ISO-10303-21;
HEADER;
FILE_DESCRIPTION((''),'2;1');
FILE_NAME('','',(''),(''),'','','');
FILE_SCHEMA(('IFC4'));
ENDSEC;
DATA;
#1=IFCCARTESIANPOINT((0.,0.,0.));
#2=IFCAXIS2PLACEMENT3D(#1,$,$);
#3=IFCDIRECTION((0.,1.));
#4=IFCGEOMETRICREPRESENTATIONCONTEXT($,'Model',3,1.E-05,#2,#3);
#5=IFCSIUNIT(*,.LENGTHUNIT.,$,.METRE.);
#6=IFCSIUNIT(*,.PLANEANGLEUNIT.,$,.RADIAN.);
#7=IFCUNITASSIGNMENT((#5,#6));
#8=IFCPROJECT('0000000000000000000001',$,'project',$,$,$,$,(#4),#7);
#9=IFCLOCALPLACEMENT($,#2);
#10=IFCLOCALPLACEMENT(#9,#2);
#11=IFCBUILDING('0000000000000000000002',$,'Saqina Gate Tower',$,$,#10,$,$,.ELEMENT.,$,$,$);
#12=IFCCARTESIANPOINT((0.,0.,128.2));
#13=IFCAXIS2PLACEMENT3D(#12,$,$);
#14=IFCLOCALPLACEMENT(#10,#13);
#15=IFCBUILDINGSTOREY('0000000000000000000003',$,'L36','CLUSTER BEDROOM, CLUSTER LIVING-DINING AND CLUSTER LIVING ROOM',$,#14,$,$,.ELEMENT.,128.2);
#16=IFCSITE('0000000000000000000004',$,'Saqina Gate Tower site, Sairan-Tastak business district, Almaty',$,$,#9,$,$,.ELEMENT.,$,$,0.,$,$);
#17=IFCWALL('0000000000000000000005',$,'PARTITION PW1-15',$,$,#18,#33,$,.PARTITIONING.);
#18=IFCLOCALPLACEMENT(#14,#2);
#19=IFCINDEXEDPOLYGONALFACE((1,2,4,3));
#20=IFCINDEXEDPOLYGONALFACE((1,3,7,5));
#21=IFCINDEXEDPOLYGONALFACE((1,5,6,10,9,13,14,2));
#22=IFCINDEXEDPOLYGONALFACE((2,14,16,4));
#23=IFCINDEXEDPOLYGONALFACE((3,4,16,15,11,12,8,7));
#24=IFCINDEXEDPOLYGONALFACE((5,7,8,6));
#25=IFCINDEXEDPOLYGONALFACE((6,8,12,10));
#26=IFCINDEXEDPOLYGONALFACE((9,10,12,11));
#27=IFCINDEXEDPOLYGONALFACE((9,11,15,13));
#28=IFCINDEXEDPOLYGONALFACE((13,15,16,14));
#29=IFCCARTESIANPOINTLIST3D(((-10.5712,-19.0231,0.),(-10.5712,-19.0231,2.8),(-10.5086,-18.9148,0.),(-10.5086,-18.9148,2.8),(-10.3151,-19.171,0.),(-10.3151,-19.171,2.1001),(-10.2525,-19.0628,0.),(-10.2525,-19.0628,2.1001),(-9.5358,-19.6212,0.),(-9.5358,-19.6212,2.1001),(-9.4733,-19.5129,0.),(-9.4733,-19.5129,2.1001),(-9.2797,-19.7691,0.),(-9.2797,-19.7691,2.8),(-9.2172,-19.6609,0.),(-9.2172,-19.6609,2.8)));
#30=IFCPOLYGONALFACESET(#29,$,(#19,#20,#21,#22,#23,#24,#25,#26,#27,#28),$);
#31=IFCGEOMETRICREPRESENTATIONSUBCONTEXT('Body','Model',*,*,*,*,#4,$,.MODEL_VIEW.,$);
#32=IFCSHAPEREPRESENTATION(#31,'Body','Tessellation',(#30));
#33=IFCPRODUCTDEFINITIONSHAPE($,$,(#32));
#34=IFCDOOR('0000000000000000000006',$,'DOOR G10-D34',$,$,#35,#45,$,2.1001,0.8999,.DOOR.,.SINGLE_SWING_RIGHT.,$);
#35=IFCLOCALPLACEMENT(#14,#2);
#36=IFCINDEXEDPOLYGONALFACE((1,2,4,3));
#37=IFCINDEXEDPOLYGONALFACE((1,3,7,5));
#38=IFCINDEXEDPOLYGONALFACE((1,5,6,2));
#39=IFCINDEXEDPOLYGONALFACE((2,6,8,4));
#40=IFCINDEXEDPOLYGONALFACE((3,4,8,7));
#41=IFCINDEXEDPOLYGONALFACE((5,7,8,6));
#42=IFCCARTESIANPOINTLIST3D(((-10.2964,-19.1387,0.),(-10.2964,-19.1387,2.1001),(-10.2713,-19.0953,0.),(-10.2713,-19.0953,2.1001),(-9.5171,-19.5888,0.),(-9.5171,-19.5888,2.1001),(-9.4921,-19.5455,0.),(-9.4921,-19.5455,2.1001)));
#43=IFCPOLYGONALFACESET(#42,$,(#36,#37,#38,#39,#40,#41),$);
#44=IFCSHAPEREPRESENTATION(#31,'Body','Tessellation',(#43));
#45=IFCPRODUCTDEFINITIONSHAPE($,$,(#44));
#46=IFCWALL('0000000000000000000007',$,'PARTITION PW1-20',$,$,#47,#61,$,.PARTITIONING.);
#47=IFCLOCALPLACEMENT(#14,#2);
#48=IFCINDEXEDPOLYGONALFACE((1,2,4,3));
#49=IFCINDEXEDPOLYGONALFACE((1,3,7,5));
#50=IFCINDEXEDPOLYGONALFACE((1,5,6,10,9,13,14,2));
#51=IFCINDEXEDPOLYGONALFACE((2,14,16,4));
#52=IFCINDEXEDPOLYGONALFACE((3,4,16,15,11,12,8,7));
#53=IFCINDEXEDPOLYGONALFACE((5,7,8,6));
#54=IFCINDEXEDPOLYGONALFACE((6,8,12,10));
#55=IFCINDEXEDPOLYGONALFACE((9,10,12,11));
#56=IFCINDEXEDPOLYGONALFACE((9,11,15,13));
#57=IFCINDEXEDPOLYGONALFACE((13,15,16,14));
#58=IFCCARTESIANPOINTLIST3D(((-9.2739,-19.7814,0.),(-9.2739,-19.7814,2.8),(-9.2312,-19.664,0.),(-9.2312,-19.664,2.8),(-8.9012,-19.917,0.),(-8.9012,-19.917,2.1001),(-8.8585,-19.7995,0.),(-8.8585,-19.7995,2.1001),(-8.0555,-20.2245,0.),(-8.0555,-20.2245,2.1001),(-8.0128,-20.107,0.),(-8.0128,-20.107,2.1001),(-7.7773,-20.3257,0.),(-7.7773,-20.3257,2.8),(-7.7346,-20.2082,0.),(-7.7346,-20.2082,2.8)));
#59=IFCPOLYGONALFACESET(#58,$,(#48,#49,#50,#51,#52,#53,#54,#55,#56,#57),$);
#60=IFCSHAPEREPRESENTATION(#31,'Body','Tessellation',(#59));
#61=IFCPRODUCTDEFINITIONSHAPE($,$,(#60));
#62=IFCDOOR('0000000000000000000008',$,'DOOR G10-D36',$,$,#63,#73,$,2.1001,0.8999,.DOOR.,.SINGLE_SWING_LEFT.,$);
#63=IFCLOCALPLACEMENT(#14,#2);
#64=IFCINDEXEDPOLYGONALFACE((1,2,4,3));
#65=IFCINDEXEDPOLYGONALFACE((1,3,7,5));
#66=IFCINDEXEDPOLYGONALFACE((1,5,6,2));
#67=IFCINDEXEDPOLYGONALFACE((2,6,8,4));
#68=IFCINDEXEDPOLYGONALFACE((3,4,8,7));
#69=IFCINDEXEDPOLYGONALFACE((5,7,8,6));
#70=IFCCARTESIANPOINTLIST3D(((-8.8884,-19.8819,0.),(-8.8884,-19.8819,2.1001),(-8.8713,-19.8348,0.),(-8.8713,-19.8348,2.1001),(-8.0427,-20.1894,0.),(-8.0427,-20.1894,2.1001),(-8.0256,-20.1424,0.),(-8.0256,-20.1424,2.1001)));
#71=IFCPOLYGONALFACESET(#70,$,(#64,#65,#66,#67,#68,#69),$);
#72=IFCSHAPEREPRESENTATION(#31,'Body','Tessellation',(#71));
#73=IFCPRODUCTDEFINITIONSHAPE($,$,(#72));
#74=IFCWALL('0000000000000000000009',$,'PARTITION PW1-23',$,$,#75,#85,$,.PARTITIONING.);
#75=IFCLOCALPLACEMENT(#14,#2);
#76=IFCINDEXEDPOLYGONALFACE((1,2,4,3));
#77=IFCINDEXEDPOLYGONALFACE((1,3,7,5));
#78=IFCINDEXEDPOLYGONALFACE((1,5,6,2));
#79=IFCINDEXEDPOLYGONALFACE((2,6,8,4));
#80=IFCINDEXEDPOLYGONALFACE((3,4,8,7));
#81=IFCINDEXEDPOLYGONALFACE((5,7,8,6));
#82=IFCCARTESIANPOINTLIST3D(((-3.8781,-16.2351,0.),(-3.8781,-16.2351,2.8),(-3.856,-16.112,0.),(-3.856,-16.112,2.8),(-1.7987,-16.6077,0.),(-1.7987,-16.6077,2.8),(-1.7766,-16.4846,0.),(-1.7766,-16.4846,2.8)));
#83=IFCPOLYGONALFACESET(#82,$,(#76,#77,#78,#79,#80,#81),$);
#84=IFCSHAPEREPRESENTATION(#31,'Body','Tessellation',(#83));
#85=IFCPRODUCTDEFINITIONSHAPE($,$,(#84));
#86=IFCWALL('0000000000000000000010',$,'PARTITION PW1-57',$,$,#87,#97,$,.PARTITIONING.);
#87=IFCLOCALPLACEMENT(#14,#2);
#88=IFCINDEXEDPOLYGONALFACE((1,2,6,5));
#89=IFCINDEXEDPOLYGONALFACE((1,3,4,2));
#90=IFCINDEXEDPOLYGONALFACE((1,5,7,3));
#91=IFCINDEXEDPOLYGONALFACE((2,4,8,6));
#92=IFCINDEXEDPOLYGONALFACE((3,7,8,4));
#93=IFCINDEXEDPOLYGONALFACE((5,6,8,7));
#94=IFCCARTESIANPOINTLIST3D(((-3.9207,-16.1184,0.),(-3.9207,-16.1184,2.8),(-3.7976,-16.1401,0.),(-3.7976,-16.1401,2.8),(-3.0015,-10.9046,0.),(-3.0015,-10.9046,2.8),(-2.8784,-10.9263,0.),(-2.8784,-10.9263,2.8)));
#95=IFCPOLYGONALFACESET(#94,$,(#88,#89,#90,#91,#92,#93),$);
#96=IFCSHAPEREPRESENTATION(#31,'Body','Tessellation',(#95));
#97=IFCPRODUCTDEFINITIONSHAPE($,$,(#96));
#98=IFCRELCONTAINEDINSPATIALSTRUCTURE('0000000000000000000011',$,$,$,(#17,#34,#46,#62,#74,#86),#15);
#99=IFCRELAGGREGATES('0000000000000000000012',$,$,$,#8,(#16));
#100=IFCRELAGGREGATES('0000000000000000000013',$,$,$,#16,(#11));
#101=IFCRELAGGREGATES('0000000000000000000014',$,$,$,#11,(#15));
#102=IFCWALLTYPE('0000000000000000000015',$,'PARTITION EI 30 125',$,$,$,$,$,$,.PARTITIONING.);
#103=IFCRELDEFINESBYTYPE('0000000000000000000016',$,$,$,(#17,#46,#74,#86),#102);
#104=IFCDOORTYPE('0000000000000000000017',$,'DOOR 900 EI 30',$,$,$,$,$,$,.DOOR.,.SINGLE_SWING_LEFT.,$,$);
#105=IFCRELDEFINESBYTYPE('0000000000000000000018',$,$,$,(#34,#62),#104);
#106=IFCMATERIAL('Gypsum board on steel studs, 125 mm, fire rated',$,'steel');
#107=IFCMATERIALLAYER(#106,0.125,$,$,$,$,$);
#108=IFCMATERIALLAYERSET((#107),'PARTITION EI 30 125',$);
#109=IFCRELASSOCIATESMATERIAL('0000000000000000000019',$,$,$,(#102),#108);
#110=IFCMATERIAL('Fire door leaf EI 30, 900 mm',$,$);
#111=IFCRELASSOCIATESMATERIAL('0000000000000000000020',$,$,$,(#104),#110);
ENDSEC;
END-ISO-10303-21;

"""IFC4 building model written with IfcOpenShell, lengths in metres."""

from ifc_helpers import new_model, si_unit, direction, frame, frame_2d, origin, place, context, subcontext, project, spatial, rectangle, extrude, material, layer, layer_set, type_object, element, fill, save


model = new_model("IFC4")

# Units and contexts
model_context = context("Model", 3, precision=1e-05, world=origin(), true_north=direction((0.0, 1.0)))
body_context = subcontext(model_context, "Body", "Model", "MODEL_VIEW")
ifc_project = project(units=[si_unit("LENGTHUNIT", "METRE"), si_unit("PLANEANGLEUNIT", "RADIAN")], contexts=[model_context])

# Site, building, storey
site_placement = place(None, origin())
site = spatial("IfcSite", under=ifc_project, at=site_placement, Name="Saqina Gate Tower site, Sairan-Tastak business district, Almaty", CompositionType="ELEMENT", RefElevation=0.0)
building_placement = place(site_placement, origin())
building = spatial("IfcBuilding", under=site, at=building_placement, Name="Saqina Gate Tower", CompositionType="ELEMENT")
storey_placement = place(building_placement, frame((0.0, 0.0, 128.2)))
storey = spatial("IfcBuildingStorey", under=building, at=storey_placement, Name="L36", Description="CLUSTER BEDROOM, CLUSTER LIVING-DINING AND CLUSTER LIVING ROOM", CompositionType="ELEMENT", Elevation=128.2)

# Walls, openings, doors
ifc_material_1 = material(Name="Gypsum board on steel studs, 125 mm, fire rated", Category="steel")
ifc_layer_1 = layer(ifc_material_1, 0.125)
ifc_layer_set_1 = layer_set([ifc_layer_1], Name="PARTITION EI 30 125")
wall_type_1 = type_object("IfcWallType", Name="PARTITION EI 30 125", PredefinedType="PARTITIONING", material=ifc_layer_set_1)
wall_1_placement = place(storey_placement, frame((-10.5398, -18.969, 0.0), z_axis=(0.0, 0.0, 1.0), x_axis=(0.865897, -0.500223, 0.0)))
wall_1 = element("IfcWall", 1, at=wall_1_placement, inside=storey, type_object=wall_type_1, Name="PARTITION PW1-15", PredefinedType="PARTITIONING", context=body_context, shape_type="SweptSolid", body=[
    extrude(rectangle(XDim=1.4915, YDim=0.125, at=frame_2d((0.7456, 0.0))), origin(), (0.0, 0.0, 1.0), 2.8),
])
opening_1_placement = place(wall_1_placement, frame((0.2957, 0.0, 0.0)))
opening_1 = element("IfcOpeningElement", 2, at=opening_1_placement, cuts=wall_1, PredefinedType="OPENING", context=body_context, shape_type="SweptSolid", body=[
    extrude(rectangle(XDim=0.8999, YDim=2.1001, at=frame_2d((0.45, 1.05))), frame((0.0, 0.0745, 0.0), z_axis=(0.0, -1.0, 0.0), x_axis=(1.0, 0.0, 0.0)), (0.0, 0.0, 1.0), 0.1489),
])
ifc_material_2 = material(Name="Fire door leaf EI 30, 900 mm")
door_type_1 = type_object("IfcDoorType", Name="DOOR 900 EI 30", OperationType="SINGLE_SWING_LEFT", PredefinedType="DOOR", material=ifc_material_2)
door_1_placement = place(opening_1_placement, origin())
door_1 = element("IfcDoor", 3, at=door_1_placement, inside=storey, type_object=door_type_1, Name="DOOR G10-D34", OperationType="SINGLE_SWING_RIGHT", OverallHeight=2.1001, OverallWidth=0.8999, PredefinedType="DOOR", context=body_context, shape_type="SweptSolid", body=[
    extrude(rectangle(XDim=0.8999, YDim=2.1001, at=frame_2d((0.45, 1.05))), frame((0.0, 0.0249, 0.0), z_axis=(0.0, -1.0, 0.0), x_axis=(1.0, 0.0, 0.0)), (0.0, 0.0, 1.0), 0.05),
])
fill(opening_1, door_1)
wall_2_placement = place(storey_placement, frame((-9.2527, -19.7227, 0.0), z_axis=(0.0, 0.0, 1.0), x_axis=(0.939798, -0.341731, 0.0)))
wall_2 = element("IfcWall", 4, at=wall_2_placement, inside=storey, type_object=wall_type_1, Name="PARTITION PW1-20", PredefinedType="PARTITIONING", context=body_context, shape_type="SweptSolid", body=[
    extrude(rectangle(XDim=1.5925, YDim=0.125, at=frame_2d((0.7964, 0.0))), origin(), (0.0, 0.0, 1.0), 2.8),
])
opening_2_placement = place(wall_2_placement, frame((0.3967, 0.0, 0.0)))
opening_2 = element("IfcOpeningElement", 5, at=opening_2_placement, cuts=wall_2, PredefinedType="OPENING", context=body_context, shape_type="SweptSolid", body=[
    extrude(rectangle(XDim=0.8999, YDim=2.1001, at=frame_2d((0.45, 1.05))), frame((0.0, 0.0745, 0.0), z_axis=(0.0, -1.0, 0.0), x_axis=(1.0, 0.0, 0.0)), (0.0, 0.0, 1.0), 0.1489),
])
door_2_placement = place(opening_2_placement, origin())
door_2 = element("IfcDoor", 6, at=door_2_placement, inside=storey, type_object=door_type_1, Name="DOOR G10-D36", OperationType="SINGLE_SWING_LEFT", OverallHeight=2.1001, OverallWidth=0.8999, PredefinedType="DOOR", context=body_context, shape_type="SweptSolid", body=[
    extrude(rectangle(XDim=0.8999, YDim=2.1001, at=frame_2d((0.45, 1.05))), frame((0.0, 0.0249, 0.0), z_axis=(0.0, -1.0, 0.0), x_axis=(1.0, 0.0, 0.0)), (0.0, 0.0, 1.0), 0.05),
])
fill(opening_2, door_2)

# Walls
wall_3_placement = place(storey_placement, frame((-3.8669, -16.1736, 0.0), z_axis=(0.0, 0.0, 1.0), x_axis=(0.984325, -0.176363, 0.0)))
element("IfcWall", 7, at=wall_3_placement, inside=storey, type_object=wall_type_1, Name="PARTITION PW1-23", PredefinedType="PARTITIONING", context=body_context, shape_type="SweptSolid", body=[
    extrude(rectangle(XDim=2.1125, YDim=0.125, at=frame_2d((1.0562, 0.0))), origin(), (0.0, 0.0, 1.0), 2.8),
])
wall_4_placement = place(storey_placement, frame((-3.8591, -16.1292, 0.0), z_axis=(0.0, 0.0, 1.0), x_axis=(0.17362, 0.984813, 0.0)))
element("IfcWall", 8, at=wall_4_placement, inside=storey, type_object=wall_type_1, Name="PARTITION PW1-57", PredefinedType="PARTITIONING", context=body_context, shape_type="SweptSolid", body=[
    extrude(rectangle(XDim=5.2942, YDim=0.125, at=frame_2d((2.647, 0.0))), origin(), (0.0, 0.0, 1.0), 2.8),
])

save(model, "model.ifc")
